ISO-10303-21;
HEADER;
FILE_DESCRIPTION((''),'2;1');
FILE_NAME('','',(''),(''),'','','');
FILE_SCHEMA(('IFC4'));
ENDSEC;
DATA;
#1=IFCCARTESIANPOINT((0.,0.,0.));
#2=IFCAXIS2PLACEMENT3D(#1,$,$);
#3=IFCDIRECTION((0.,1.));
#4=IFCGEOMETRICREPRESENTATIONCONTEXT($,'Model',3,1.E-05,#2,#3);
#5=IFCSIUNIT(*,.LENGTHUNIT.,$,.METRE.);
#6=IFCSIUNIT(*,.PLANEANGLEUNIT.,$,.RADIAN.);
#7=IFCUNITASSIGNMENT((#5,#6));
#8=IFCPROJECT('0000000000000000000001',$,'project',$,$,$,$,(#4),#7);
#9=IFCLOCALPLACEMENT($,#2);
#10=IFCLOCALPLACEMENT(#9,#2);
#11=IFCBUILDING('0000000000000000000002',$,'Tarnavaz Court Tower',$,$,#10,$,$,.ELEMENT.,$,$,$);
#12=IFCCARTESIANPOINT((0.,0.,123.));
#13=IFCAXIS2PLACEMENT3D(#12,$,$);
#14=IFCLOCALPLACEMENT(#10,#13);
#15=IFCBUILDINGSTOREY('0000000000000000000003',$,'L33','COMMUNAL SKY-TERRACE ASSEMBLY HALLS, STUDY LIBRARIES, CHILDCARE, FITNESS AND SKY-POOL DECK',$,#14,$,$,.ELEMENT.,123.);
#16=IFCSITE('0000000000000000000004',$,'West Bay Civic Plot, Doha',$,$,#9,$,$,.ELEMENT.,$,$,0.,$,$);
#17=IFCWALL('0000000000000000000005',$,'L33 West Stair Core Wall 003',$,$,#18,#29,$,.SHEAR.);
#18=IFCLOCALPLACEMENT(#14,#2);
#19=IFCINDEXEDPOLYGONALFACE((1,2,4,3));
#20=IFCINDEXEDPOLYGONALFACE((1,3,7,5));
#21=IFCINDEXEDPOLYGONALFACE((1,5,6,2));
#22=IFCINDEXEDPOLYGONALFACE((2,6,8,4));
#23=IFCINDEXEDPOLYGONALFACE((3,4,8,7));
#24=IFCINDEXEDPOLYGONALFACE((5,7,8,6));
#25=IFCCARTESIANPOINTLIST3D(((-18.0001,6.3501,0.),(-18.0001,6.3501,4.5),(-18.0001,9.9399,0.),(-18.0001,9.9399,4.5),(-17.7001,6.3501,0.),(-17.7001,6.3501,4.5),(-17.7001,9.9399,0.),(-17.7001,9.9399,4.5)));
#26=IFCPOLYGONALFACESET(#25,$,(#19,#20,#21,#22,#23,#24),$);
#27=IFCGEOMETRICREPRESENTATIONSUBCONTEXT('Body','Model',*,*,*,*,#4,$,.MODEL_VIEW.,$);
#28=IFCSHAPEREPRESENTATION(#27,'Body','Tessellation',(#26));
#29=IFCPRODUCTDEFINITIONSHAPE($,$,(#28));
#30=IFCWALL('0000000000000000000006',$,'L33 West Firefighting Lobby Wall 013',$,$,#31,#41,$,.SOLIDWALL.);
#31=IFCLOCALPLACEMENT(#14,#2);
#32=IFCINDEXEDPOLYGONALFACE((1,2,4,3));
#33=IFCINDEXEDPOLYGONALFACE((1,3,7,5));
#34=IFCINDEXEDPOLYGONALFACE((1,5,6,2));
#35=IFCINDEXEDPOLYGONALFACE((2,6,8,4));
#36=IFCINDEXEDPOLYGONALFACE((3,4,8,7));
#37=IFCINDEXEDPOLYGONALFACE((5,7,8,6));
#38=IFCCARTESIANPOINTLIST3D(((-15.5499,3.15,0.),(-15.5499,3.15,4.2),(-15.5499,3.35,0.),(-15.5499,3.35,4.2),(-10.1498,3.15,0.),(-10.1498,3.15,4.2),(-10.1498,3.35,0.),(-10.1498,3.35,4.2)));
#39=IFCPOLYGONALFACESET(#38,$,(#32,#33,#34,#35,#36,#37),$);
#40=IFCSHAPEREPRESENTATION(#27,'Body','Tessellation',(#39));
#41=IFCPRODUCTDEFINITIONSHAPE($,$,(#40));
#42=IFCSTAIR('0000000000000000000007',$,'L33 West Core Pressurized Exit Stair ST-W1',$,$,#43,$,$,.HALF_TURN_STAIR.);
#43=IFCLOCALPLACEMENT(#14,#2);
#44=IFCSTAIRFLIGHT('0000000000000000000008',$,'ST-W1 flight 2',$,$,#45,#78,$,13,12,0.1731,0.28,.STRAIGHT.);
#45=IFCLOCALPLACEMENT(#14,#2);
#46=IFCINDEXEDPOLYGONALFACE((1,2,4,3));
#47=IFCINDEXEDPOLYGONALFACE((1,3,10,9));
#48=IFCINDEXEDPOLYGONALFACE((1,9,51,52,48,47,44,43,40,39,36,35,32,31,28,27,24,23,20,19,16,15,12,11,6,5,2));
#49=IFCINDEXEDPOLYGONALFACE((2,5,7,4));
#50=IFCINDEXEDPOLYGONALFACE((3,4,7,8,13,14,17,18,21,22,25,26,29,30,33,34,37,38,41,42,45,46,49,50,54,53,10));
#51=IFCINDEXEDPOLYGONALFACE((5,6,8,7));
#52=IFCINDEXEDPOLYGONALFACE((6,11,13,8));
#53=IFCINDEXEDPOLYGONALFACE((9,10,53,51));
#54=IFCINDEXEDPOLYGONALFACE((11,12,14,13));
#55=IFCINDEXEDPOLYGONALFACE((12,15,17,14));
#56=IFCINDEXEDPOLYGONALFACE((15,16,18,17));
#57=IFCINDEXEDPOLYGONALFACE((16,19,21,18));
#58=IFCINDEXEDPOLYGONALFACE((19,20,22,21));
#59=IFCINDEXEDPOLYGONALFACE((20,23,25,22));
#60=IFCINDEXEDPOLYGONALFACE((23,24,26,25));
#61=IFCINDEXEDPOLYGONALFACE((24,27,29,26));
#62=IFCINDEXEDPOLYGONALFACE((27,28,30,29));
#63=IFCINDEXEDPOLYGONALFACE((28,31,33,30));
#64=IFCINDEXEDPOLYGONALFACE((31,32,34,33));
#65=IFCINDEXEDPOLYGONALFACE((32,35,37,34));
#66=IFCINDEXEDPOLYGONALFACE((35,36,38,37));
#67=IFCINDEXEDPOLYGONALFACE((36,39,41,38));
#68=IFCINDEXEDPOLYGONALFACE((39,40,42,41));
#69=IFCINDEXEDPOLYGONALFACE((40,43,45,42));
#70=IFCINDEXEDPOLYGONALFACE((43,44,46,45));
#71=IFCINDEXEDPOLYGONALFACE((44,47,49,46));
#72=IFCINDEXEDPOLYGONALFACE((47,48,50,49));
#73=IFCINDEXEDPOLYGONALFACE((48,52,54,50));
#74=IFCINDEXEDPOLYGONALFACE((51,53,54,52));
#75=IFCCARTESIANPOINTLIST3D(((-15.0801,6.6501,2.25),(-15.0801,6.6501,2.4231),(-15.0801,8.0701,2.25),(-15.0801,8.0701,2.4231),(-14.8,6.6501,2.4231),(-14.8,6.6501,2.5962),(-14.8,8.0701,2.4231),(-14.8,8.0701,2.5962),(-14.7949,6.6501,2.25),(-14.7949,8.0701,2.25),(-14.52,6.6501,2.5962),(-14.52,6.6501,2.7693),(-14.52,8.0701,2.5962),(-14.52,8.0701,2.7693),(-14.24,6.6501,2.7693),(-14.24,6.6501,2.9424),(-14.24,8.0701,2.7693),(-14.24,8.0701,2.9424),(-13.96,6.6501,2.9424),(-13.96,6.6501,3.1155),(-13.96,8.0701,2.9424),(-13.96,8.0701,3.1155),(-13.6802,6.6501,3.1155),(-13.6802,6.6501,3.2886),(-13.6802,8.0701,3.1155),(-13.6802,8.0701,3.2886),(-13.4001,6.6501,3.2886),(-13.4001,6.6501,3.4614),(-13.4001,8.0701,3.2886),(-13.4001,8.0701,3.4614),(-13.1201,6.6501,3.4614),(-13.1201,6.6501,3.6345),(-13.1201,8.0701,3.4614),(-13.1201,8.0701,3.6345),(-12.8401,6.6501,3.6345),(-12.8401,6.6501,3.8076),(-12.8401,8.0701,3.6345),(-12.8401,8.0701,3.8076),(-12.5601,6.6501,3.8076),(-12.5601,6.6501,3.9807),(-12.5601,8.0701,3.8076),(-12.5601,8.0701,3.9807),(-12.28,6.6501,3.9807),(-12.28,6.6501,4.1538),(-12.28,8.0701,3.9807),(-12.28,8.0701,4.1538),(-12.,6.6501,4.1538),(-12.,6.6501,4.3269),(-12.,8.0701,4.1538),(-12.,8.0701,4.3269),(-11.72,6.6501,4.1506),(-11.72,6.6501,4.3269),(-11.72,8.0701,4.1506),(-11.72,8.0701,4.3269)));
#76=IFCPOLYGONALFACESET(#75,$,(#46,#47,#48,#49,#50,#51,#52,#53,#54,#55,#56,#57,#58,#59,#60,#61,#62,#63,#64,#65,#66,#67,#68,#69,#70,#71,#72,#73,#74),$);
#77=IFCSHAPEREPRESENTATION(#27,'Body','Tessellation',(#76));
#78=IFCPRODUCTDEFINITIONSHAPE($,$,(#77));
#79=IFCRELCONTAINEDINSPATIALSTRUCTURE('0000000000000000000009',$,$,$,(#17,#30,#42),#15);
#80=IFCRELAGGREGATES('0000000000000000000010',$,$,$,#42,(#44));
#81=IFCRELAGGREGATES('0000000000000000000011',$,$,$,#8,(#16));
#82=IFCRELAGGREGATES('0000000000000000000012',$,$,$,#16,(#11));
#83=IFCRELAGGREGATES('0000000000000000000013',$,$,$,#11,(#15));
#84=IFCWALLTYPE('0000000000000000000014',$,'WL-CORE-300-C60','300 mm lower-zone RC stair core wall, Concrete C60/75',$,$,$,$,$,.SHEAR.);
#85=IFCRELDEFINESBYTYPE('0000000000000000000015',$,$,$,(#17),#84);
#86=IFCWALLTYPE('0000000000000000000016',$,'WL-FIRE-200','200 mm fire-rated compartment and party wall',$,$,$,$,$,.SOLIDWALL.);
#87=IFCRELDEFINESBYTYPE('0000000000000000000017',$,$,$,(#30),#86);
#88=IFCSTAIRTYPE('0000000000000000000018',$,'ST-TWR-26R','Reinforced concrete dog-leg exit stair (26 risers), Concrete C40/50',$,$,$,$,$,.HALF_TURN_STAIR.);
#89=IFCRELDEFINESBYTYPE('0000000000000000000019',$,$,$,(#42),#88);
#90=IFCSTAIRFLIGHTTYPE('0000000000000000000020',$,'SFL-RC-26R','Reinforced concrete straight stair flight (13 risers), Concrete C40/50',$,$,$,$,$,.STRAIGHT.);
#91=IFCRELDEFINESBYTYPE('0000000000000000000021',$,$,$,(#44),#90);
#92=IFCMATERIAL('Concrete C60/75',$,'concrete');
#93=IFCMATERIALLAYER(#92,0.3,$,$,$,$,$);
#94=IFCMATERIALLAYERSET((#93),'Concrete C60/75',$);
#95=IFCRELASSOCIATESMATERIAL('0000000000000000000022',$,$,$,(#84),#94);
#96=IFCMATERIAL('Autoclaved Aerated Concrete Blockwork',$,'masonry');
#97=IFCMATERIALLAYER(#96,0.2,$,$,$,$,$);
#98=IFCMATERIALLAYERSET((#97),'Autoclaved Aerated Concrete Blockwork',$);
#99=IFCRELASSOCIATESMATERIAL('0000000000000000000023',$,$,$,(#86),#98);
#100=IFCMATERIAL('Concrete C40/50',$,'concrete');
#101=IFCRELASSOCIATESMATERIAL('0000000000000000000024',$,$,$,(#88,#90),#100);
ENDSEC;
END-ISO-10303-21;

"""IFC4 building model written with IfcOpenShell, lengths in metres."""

from ifc_helpers import new_model, si_unit, direction, frame, frame_2d, origin, place, context, subcontext, project, spatial, polyline, rectangle, outline, extrude, material, layer, layer_set, type_object, element, aggregate, save


model = new_model("IFC4")

# Units and contexts
model_context = context("Model", 3, precision=1e-05, world=origin(), true_north=direction((0.0, 1.0)))
body_context = subcontext(model_context, "Body", "Model", "MODEL_VIEW")
ifc_project = project(units=[si_unit("LENGTHUNIT", "METRE"), si_unit("PLANEANGLEUNIT", "RADIAN")], contexts=[model_context])

# Site, building, storey
site_placement = place(None, origin())
site = spatial("IfcSite", under=ifc_project, at=site_placement, Name="West Bay Civic Plot, Doha", CompositionType="ELEMENT", RefElevation=0.0)
building_placement = place(site_placement, origin())
building = spatial("IfcBuilding", under=site, at=building_placement, Name="Tarnavaz Court Tower", CompositionType="ELEMENT")
storey_placement = place(building_placement, frame((0.0, 0.0, 123.0)))
storey = spatial("IfcBuildingStorey", under=building, at=storey_placement, Name="L33", Description="COMMUNAL SKY-TERRACE ASSEMBLY HALLS, STUDY LIBRARIES, CHILDCARE, FITNESS AND SKY-POOL DECK", CompositionType="ELEMENT", Elevation=123.0)

# Shared definitions
ifc_material_1 = material(Name="Concrete C60/75", Category="concrete")

# Shared definitions
ifc_layer_1 = layer(ifc_material_1, 0.3)
ifc_layer_set_1 = layer_set([ifc_layer_1], Name="Concrete C60/75")
wall_type_1 = type_object("IfcWallType", Name="WL-CORE-300-C60", Description="300 mm lower-zone RC stair core wall, Concrete C60/75", PredefinedType="SHEAR", material=ifc_layer_set_1)

# Walls
wall_1_placement = place(storey_placement, frame((-17.8501, 6.3501, 0.0), z_axis=(0.0, 0.0, 1.0), x_axis=(0.0, 1.0, 0.0)))
element("IfcWall", 1, at=wall_1_placement, inside=storey, type_object=wall_type_1, Name="L33 West Stair Core Wall 003", PredefinedType="SHEAR", context=body_context, shape_type="SweptSolid", body=[
    extrude(rectangle(XDim=3.5898, YDim=0.3, at=frame_2d((1.7949, 0.0))), origin(), (0.0, 0.0, 1.0), 4.5),
])
ifc_material_2 = material(Name="Autoclaved Aerated Concrete Blockwork", Category="masonry")
ifc_layer_2 = layer(ifc_material_2, 0.2)
ifc_layer_set_2 = layer_set([ifc_layer_2], Name="Autoclaved Aerated Concrete Blockwork")
wall_type_2 = type_object("IfcWallType", Name="WL-FIRE-200", Description="200 mm fire-rated compartment and party wall", PredefinedType="SOLIDWALL", material=ifc_layer_set_2)
wall_2_placement = place(storey_placement, frame((-15.55, 3.25, 0.0), z_axis=(0.0, 0.0, 1.0), x_axis=(1.0, 0.0, 0.0)))
element("IfcWall", 2, at=wall_2_placement, inside=storey, type_object=wall_type_2, Name="L33 West Firefighting Lobby Wall 013", PredefinedType="SOLIDWALL", context=body_context, shape_type="SweptSolid", body=[
    extrude(rectangle(XDim=5.4001, YDim=0.2, at=frame_2d((2.7002, 0.0))), origin(), (0.0, 0.0, 1.0), 4.2),
])

# Stair, stair flight
ifc_material_3 = material(Name="Concrete C40/50", Category="concrete")
stair_type = type_object("IfcStairType", Name="ST-TWR-26R", Description="Reinforced concrete dog-leg exit stair (26 risers), Concrete C40/50", PredefinedType="HALF_TURN_STAIR", material=ifc_material_3)
stair_placement = place(storey_placement, origin())
stair = element("IfcStair", 3, at=stair_placement, inside=storey, type_object=stair_type, Name="L33 West Core Pressurized Exit Stair ST-W1", PredefinedType="HALF_TURN_STAIR")
stair_flight_type = type_object("IfcStairFlightType", Name="SFL-RC-26R", Description="Reinforced concrete straight stair flight (13 risers), Concrete C40/50", PredefinedType="STRAIGHT", material=ifc_material_3)
stair_flight_placement = place(storey_placement, frame((-15.0801, 7.3601, 2.25), z_axis=(0.0, 0.0, 1.0), x_axis=(1.0, 0.0, 0.0)))
stair_flight = element("IfcStairFlight", 4, at=stair_flight_placement, type_object=stair_flight_type, Name="ST-W1 flight 2", NumberOfRisers=13, NumberOfTreads=12, PredefinedType="STRAIGHT", RiserHeight=0.1731, TreadLength=0.28, context=body_context, shape_type="SweptSolid", body=[
    extrude(outline(polyline([(0.0, 0.0), (0.0, 0.1731), (0.28, 0.1731), (0.28, 0.3462), (0.5601, 0.3462), (0.5601, 0.5193), (0.8401, 0.5193), (0.8401, 0.6924), (1.1201, 0.6924), (1.1201, 0.8655), (1.3999, 0.8655), (1.3999, 1.0386), (1.6799, 1.0386), (1.6799, 1.2114), (1.96, 1.2114), (1.96, 1.3845), (2.24, 1.3845), (2.24, 1.5576), (2.52, 1.5576), (2.52, 1.7307), (2.8, 1.7307), (2.8, 1.9038), (3.0801, 1.9038), (3.0801, 2.0769), (3.3601, 2.0769), (3.3601, 2.25), (3.3601, 1.9006), (0.2852, 0.0), (0.0, 0.0)])), frame((0.0, 0.71, 0.0), z_axis=(0.0, -1.0, 0.0), x_axis=(1.0, 0.0, 0.0)), (0.0, 0.0, 1.0), 1.4199),
])
aggregate(stair, [stair_flight])

save(model, "model.ifc")
